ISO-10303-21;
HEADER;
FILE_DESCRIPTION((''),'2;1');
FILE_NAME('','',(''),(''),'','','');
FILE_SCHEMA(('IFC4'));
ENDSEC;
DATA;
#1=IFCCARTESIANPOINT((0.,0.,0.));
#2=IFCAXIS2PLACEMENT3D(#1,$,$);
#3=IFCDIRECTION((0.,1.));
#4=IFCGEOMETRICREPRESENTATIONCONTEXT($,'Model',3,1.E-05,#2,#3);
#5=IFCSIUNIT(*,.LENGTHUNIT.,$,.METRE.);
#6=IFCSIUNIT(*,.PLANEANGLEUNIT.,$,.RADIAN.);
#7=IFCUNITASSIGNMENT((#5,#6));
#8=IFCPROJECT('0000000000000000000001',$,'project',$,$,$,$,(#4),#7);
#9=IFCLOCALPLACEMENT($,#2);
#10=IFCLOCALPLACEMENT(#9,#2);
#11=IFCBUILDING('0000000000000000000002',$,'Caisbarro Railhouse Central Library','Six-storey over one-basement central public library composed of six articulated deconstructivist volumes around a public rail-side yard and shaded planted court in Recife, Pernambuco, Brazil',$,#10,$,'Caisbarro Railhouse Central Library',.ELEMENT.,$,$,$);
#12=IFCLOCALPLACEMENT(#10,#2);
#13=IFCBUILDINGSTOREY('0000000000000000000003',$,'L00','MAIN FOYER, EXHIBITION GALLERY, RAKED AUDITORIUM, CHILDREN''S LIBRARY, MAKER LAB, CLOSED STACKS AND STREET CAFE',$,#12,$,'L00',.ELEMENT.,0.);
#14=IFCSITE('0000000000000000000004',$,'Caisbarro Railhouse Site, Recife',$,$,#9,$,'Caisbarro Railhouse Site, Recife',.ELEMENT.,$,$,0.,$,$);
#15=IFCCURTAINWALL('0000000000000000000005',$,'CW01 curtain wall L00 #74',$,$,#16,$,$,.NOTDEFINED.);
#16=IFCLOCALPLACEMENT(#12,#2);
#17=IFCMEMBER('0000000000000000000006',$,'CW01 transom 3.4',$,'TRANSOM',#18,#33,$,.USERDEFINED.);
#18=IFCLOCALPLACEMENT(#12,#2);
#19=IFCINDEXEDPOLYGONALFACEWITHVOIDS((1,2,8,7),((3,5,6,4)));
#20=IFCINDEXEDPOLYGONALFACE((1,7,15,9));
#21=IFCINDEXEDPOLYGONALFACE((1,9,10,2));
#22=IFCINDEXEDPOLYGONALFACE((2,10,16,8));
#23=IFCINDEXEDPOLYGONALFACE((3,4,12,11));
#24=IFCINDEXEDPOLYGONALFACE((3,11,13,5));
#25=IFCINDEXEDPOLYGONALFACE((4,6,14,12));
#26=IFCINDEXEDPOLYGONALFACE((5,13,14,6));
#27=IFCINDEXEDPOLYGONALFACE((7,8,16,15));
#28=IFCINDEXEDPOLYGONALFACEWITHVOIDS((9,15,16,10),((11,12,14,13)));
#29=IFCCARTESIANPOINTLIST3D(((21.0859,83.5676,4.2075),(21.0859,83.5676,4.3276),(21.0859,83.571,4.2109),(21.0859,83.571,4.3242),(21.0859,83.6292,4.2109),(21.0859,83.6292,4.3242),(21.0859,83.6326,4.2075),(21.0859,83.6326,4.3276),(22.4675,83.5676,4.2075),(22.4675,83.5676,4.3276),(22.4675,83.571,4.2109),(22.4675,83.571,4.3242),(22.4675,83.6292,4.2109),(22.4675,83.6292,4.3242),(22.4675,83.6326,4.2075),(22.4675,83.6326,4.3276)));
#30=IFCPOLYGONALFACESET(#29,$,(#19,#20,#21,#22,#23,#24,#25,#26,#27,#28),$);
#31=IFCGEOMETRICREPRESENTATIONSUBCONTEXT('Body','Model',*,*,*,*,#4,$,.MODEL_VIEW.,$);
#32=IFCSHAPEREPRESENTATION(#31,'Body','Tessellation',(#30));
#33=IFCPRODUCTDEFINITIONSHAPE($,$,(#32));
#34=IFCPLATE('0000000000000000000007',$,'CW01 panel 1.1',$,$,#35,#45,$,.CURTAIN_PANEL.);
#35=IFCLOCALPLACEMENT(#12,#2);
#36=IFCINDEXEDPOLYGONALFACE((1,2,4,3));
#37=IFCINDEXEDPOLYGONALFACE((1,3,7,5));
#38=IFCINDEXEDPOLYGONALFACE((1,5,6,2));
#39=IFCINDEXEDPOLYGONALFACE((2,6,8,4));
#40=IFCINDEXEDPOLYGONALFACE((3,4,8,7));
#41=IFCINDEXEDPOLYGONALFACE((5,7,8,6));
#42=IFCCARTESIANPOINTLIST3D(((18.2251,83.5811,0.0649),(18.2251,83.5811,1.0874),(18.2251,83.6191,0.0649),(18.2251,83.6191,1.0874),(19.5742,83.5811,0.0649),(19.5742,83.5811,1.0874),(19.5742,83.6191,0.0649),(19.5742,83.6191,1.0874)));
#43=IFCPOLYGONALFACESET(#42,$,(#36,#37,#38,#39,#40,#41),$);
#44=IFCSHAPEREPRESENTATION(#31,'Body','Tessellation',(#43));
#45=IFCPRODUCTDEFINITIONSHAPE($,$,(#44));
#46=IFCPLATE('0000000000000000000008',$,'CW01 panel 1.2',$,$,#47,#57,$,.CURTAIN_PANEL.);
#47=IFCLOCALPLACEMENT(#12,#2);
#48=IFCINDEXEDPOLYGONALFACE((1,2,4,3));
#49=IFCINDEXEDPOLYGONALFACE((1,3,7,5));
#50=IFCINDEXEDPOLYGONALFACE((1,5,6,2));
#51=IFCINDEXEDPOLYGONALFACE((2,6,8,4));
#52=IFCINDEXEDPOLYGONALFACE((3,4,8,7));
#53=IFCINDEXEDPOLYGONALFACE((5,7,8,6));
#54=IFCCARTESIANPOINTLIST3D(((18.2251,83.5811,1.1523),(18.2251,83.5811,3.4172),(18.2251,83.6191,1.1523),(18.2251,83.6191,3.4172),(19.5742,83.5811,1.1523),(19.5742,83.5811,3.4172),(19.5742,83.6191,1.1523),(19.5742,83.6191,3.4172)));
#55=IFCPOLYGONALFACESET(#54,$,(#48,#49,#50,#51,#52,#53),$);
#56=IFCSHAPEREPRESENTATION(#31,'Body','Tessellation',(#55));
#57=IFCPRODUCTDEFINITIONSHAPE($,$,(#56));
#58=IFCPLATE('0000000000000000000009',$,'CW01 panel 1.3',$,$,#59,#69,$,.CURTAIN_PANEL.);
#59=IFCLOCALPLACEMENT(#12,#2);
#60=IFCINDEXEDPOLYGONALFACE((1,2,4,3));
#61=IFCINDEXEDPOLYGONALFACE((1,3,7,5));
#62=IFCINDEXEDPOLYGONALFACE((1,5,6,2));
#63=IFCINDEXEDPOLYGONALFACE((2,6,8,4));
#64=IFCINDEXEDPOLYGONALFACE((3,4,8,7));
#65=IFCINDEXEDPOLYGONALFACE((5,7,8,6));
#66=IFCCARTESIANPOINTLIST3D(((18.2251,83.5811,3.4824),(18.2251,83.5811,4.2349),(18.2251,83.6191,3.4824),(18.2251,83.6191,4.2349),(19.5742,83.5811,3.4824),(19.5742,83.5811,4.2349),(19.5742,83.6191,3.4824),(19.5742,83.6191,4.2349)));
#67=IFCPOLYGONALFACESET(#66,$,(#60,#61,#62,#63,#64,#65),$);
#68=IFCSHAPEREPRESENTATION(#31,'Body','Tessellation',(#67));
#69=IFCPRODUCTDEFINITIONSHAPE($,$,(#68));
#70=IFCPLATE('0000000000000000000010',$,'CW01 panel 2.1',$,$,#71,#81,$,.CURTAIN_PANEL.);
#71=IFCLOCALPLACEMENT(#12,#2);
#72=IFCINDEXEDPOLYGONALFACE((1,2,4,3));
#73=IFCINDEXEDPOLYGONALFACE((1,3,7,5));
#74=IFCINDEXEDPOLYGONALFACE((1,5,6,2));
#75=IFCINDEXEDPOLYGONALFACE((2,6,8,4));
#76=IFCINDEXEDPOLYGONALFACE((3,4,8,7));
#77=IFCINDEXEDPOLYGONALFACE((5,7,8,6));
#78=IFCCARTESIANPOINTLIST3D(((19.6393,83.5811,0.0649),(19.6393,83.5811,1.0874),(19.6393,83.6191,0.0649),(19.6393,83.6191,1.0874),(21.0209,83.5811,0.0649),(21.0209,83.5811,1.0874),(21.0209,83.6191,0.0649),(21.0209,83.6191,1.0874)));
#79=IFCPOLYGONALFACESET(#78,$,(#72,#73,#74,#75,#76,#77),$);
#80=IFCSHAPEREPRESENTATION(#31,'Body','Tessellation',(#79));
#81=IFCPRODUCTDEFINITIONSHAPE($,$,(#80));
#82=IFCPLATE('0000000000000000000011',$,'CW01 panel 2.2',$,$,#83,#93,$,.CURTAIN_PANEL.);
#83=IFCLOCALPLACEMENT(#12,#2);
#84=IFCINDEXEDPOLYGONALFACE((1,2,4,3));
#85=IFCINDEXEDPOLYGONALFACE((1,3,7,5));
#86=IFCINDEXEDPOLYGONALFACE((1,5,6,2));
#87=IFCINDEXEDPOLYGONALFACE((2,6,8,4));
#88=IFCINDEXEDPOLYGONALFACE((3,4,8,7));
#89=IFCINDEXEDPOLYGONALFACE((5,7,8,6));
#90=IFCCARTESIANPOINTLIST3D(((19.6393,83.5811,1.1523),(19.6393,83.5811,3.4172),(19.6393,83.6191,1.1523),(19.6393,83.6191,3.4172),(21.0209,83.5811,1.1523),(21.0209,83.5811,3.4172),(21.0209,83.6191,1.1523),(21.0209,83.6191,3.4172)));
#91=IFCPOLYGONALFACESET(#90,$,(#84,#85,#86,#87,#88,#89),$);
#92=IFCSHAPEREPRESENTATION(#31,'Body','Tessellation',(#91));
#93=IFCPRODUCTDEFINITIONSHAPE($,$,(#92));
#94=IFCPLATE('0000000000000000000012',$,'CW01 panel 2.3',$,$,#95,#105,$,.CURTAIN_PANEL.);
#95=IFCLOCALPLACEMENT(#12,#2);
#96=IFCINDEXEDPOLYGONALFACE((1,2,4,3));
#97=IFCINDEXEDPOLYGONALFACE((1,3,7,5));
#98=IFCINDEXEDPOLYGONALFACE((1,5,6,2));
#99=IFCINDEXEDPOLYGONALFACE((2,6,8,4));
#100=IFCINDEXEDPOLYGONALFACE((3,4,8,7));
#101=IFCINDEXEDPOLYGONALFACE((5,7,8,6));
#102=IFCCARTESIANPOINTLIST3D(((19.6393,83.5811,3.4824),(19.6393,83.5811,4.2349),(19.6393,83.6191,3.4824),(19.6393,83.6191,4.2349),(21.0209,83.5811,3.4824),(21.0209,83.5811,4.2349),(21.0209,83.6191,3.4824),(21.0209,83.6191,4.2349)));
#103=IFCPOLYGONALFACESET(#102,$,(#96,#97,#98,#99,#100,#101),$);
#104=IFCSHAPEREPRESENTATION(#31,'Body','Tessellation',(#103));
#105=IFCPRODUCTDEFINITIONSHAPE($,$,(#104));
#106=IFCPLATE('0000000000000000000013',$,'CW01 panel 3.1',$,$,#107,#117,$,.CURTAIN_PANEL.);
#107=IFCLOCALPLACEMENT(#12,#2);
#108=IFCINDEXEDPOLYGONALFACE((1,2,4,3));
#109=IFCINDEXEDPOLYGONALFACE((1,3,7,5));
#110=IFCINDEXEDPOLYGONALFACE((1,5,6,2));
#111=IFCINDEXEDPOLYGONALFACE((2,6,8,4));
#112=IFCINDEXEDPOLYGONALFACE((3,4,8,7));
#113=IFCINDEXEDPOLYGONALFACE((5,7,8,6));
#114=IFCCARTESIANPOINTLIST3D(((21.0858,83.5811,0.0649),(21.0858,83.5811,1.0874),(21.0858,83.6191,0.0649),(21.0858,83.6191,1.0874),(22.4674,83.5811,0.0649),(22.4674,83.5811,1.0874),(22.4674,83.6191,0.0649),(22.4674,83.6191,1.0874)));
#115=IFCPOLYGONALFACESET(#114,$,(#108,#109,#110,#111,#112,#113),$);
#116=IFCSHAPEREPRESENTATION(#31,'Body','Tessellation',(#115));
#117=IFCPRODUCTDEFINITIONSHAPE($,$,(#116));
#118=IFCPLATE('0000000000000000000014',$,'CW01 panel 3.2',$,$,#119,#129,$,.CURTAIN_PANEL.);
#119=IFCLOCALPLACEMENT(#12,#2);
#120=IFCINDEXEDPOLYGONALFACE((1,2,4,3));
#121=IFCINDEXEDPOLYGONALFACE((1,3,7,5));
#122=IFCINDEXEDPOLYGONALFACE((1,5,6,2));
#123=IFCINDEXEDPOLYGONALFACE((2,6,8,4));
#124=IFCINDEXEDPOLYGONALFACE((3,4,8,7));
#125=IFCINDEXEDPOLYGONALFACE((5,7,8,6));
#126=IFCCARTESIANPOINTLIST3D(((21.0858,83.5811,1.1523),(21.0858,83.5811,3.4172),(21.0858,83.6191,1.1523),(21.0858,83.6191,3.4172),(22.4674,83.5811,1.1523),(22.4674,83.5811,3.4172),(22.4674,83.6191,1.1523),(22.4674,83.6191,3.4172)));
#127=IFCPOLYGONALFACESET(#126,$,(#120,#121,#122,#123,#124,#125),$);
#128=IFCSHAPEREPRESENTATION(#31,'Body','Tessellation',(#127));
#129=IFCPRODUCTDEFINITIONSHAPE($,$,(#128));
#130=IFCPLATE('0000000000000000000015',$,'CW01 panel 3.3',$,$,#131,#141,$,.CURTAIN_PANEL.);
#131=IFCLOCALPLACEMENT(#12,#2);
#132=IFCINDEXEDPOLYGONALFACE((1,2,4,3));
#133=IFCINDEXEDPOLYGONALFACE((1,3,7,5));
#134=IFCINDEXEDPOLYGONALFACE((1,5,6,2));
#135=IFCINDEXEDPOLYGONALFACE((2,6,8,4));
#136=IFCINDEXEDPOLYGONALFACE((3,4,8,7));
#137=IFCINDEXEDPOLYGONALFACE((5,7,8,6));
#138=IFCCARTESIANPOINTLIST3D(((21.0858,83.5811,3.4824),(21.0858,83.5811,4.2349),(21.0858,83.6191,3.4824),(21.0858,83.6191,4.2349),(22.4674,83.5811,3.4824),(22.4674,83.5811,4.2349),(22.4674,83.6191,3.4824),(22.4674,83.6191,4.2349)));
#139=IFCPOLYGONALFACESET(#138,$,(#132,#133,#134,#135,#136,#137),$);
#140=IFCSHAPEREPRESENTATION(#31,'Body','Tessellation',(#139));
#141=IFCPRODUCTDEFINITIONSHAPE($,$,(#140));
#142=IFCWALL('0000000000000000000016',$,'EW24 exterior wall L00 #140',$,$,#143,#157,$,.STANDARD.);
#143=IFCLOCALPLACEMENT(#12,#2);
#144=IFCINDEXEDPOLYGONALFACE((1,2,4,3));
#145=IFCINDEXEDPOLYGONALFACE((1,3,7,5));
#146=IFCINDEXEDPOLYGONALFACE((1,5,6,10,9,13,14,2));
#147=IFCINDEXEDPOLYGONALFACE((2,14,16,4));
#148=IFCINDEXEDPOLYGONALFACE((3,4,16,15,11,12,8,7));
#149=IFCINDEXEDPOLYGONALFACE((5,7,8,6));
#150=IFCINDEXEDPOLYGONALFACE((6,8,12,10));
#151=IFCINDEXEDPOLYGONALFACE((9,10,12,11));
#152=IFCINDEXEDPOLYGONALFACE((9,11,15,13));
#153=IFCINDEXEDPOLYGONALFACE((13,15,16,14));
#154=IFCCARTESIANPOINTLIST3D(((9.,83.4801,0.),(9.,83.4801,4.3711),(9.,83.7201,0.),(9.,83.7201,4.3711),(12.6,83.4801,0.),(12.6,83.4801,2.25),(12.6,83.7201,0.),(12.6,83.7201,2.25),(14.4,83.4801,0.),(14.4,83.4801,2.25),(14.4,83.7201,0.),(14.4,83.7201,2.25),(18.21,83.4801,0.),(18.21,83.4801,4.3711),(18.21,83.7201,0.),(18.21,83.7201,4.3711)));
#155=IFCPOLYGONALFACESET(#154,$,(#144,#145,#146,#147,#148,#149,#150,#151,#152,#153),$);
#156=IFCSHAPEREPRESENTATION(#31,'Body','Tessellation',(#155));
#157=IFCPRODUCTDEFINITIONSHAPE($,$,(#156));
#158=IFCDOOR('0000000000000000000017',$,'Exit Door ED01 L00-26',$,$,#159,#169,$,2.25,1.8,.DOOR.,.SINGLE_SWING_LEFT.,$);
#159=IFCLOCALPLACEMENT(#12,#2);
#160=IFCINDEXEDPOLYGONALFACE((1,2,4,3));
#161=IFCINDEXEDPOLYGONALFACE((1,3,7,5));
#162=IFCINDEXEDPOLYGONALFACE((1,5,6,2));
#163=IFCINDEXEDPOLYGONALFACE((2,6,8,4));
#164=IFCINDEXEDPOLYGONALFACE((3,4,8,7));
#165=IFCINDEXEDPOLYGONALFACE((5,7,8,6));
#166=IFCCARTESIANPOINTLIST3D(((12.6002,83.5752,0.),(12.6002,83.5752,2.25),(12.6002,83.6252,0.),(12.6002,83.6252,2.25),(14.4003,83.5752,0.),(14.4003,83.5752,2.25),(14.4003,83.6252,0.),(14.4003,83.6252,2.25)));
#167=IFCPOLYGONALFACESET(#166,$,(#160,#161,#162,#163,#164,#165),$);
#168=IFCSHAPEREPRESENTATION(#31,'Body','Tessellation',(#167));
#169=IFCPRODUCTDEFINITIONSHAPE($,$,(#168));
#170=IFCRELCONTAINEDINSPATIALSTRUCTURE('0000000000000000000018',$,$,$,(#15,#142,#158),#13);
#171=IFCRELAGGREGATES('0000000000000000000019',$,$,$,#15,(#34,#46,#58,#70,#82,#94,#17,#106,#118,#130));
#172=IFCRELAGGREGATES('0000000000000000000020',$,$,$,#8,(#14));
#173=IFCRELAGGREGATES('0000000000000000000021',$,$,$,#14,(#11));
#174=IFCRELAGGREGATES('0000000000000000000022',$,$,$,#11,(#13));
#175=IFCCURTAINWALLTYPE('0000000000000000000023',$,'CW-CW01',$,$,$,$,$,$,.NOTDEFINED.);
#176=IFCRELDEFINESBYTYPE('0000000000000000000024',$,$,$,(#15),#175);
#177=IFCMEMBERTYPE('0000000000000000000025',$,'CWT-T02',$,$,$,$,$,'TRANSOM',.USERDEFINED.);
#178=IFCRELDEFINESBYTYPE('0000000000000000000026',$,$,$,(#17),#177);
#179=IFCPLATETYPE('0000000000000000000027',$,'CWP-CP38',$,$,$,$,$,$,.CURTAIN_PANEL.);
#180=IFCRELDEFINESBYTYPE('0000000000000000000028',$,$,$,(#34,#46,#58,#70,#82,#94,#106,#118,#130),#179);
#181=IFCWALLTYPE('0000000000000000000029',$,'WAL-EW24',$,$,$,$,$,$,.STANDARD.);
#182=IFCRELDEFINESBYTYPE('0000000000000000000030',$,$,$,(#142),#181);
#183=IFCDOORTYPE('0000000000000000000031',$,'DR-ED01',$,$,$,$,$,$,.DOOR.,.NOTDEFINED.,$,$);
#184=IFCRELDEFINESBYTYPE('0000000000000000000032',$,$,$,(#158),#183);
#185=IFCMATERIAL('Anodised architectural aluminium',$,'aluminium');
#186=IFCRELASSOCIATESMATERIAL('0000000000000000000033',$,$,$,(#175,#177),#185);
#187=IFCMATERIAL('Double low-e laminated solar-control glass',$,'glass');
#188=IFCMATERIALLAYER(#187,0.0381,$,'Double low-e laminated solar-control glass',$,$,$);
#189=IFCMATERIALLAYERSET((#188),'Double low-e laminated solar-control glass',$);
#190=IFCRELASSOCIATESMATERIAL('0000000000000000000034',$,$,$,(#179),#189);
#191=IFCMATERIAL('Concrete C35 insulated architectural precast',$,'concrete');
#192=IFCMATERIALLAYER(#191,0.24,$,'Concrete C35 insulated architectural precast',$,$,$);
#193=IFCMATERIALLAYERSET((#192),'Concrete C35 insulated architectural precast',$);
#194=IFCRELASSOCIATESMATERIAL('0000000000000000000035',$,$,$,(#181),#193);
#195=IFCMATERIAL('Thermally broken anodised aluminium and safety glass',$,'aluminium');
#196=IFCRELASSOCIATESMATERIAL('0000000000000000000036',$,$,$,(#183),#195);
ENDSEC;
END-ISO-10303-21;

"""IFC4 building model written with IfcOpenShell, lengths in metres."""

from ifc_helpers import new_model, si_unit, direction, frame, frame_2d, origin, origin_2d, place, context, subcontext, project, spatial, rectangle, hollow_rectangle, extrude, material, layer, layer_set, material_profile, profile_set, type_object, element, fill, aggregate, save


model = new_model("IFC4")

# Units and contexts
model_context = context("Model", 3, precision=1e-05, world=origin(), true_north=direction((0.0, 1.0)))
body_context = subcontext(model_context, "Body", "Model", "MODEL_VIEW")
ifc_project = project(units=[si_unit("LENGTHUNIT", "METRE"), si_unit("PLANEANGLEUNIT", "RADIAN")], contexts=[model_context])

# Site, building, storey
site_placement = place(None, origin())
site = spatial("IfcSite", under=ifc_project, at=site_placement, Name="Caisbarro Railhouse Site, Recife", LongName="Caisbarro Railhouse Site, Recife", CompositionType="ELEMENT", RefElevation=0.0)
building_placement = place(site_placement, origin())
building = spatial("IfcBuilding", under=site, at=building_placement, Name="Caisbarro Railhouse Central Library", Description="Six-storey over one-basement central public library composed of six articulated deconstructivist volumes around a public rail-side yard and shaded planted court in Recife, Pernambuco, Brazil", LongName="Caisbarro Railhouse Central Library", CompositionType="ELEMENT")
storey_placement = place(building_placement, origin())
storey = spatial("IfcBuildingStorey", under=building, at=storey_placement, Name="L00", Description="MAIN FOYER, EXHIBITION GALLERY, RAKED AUDITORIUM, CHILDREN'S LIBRARY, MAKER LAB, CLOSED STACKS AND STREET CAFE", LongName="L00", CompositionType="ELEMENT", Elevation=0.0)

# Curtain wall, member, plates
ifc_material_1 = material(Name="Anodised architectural aluminium", Category="aluminium")
curtain_wall_type = type_object("IfcCurtainWallType", Name="CW-CW01", PredefinedType="NOTDEFINED", material=ifc_material_1)
curtain_wall_placement = place(storey_placement, origin())
curtain_wall = element("IfcCurtainWall", 1, at=curtain_wall_placement, inside=storey, type_object=curtain_wall_type, Name="CW01 curtain wall L00 #74", PredefinedType="NOTDEFINED")
ifc_material_profile_1 = material_profile(ifc_material_1, hollow_rectangle(XDim=0.0649, YDim=0.1201, WallThickness=0.0034, at=origin_2d()), Name="ALU-TRN-65X120")
ifc_profile_set_1 = profile_set([ifc_material_profile_1], Name="Anodised architectural aluminium")
member_type_1 = type_object("IfcMemberType", Name="CWT-T02", ElementType="TRANSOM", PredefinedType="USERDEFINED", material=ifc_profile_set_1)
member_1_placement = place(storey_placement, frame((21.0859, 83.6001, 4.2676), z_axis=(1.0, 0.0, 0.0), x_axis=(0.0, 1.0, 0.0)))
member_1 = element("IfcMember", 2, at=member_1_placement, type_object=member_type_1, Name="CW01 transom 3.4", ObjectType="TRANSOM", PredefinedType="USERDEFINED", context=body_context, shape_type="SweptSolid", body=[
    extrude(hollow_rectangle(XDim=0.0649, YDim=0.1201, WallThickness=0.0034, at=origin_2d()), origin(), (0.0, 0.0, 1.0), 1.3816),
])
ifc_material_2 = material(Name="Double low-e laminated solar-control glass", Category="glass")
ifc_layer_1 = layer(ifc_material_2, 0.0381, Name="Double low-e laminated solar-control glass")
ifc_layer_set_1 = layer_set([ifc_layer_1], Name="Double low-e laminated solar-control glass")
plate_type = type_object("IfcPlateType", Name="CWP-CP38", PredefinedType="CURTAIN_PANEL", material=ifc_layer_set_1)
plate_1_placement = place(storey_placement, frame((18.8997, 83.6001, 0.0649), z_axis=(0.0, 0.0, 1.0), x_axis=(1.0, 0.0, 0.0)))
plate_1 = element("IfcPlate", 3, at=plate_1_placement, type_object=plate_type, Name="CW01 panel 1.1", PredefinedType="CURTAIN_PANEL", context=body_context, shape_type="SweptSolid", body=[
    extrude(rectangle(XDim=1.3491, YDim=0.0381, at=origin_2d()), origin(), (0.0, 0.0, 1.0), 1.0225),
])
plate_2_placement = place(storey_placement, frame((18.8997, 83.6001, 1.1523), z_axis=(0.0, 0.0, 1.0), x_axis=(1.0, 0.0, 0.0)))
plate_2 = element("IfcPlate", 4, at=plate_2_placement, type_object=plate_type, Name="CW01 panel 1.2", PredefinedType="CURTAIN_PANEL", context=body_context, shape_type="SweptSolid", body=[
    extrude(rectangle(XDim=1.3491, YDim=0.0381, at=origin_2d()), origin(), (0.0, 0.0, 1.0), 2.2649),
])
plate_3_placement = place(storey_placement, frame((18.8997, 83.6001, 3.4824), z_axis=(0.0, 0.0, 1.0), x_axis=(1.0, 0.0, 0.0)))
plate_3 = element("IfcPlate", 5, at=plate_3_placement, type_object=plate_type, Name="CW01 panel 1.3", PredefinedType="CURTAIN_PANEL", context=body_context, shape_type="SweptSolid", body=[
    extrude(rectangle(XDim=1.3491, YDim=0.0381, at=origin_2d()), origin(), (0.0, 0.0, 1.0), 0.7524),
])
plate_4_placement = place(storey_placement, frame((20.3301, 83.6001, 0.0649), z_axis=(0.0, 0.0, 1.0), x_axis=(1.0, 0.0, 0.0)))
plate_4 = element("IfcPlate", 6, at=plate_4_placement, type_object=plate_type, Name="CW01 panel 2.1", PredefinedType="CURTAIN_PANEL", context=body_context, shape_type="SweptSolid", body=[
    extrude(rectangle(XDim=1.3816, YDim=0.0381, at=origin_2d()), origin(), (0.0, 0.0, 1.0), 1.0225),
])
plate_5_placement = place(storey_placement, frame((20.3301, 83.6001, 1.1523), z_axis=(0.0, 0.0, 1.0), x_axis=(1.0, 0.0, 0.0)))
plate_5 = element("IfcPlate", 7, at=plate_5_placement, type_object=plate_type, Name="CW01 panel 2.2", PredefinedType="CURTAIN_PANEL", context=body_context, shape_type="SweptSolid", body=[
    extrude(rectangle(XDim=1.3816, YDim=0.0381, at=origin_2d()), origin(), (0.0, 0.0, 1.0), 2.2649),
])
plate_6_placement = place(storey_placement, frame((20.3301, 83.6001, 3.4824), z_axis=(0.0, 0.0, 1.0), x_axis=(1.0, 0.0, 0.0)))
plate_6 = element("IfcPlate", 8, at=plate_6_placement, type_object=plate_type, Name="CW01 panel 2.3", PredefinedType="CURTAIN_PANEL", context=body_context, shape_type="SweptSolid", body=[
    extrude(rectangle(XDim=1.3816, YDim=0.0381, at=origin_2d()), origin(), (0.0, 0.0, 1.0), 0.7524),
])
plate_7_placement = place(storey_placement, frame((21.7766, 83.6001, 0.0649), z_axis=(0.0, 0.0, 1.0), x_axis=(1.0, 0.0, 0.0)))
plate_7 = element("IfcPlate", 9, at=plate_7_placement, type_object=plate_type, Name="CW01 panel 3.1", PredefinedType="CURTAIN_PANEL", context=body_context, shape_type="SweptSolid", body=[
    extrude(rectangle(XDim=1.3816, YDim=0.0381, at=origin_2d()), origin(), (0.0, 0.0, 1.0), 1.0225),
])
plate_8_placement = place(storey_placement, frame((21.7766, 83.6001, 1.1523), z_axis=(0.0, 0.0, 1.0), x_axis=(1.0, 0.0, 0.0)))
plate_8 = element("IfcPlate", 10, at=plate_8_placement, type_object=plate_type, Name="CW01 panel 3.2", PredefinedType="CURTAIN_PANEL", context=body_context, shape_type="SweptSolid", body=[
    extrude(rectangle(XDim=1.3816, YDim=0.0381, at=origin_2d()), origin(), (0.0, 0.0, 1.0), 2.2649),
])
plate_9_placement = place(storey_placement, frame((21.7766, 83.6001, 3.4824), z_axis=(0.0, 0.0, 1.0), x_axis=(1.0, 0.0, 0.0)))
plate_9 = element("IfcPlate", 11, at=plate_9_placement, type_object=plate_type, Name="CW01 panel 3.3", PredefinedType="CURTAIN_PANEL", context=body_context, shape_type="SweptSolid", body=[
    extrude(rectangle(XDim=1.3816, YDim=0.0381, at=origin_2d()), origin(), (0.0, 0.0, 1.0), 0.7524),
])
aggregate(curtain_wall, [plate_1, plate_2, plate_3, plate_4, plate_5, plate_6, member_1, plate_7, plate_8, plate_9])

# Wall, opening, door
ifc_material_3 = material(Name="Concrete C35 insulated architectural precast", Category="concrete")
ifc_layer_2 = layer(ifc_material_3, 0.24, Name="Concrete C35 insulated architectural precast")
ifc_layer_set_2 = layer_set([ifc_layer_2], Name="Concrete C35 insulated architectural precast")
wall_type = type_object("IfcWallType", Name="WAL-EW24", PredefinedType="STANDARD", material=ifc_layer_set_2)
wall_placement = place(storey_placement, frame((9.0, 83.6001, 0.0), z_axis=(0.0, 0.0, 1.0), x_axis=(1.0, 0.0, 0.0)))
wall = element("IfcWall", 12, at=wall_placement, inside=storey, type_object=wall_type, Name="EW24 exterior wall L00 #140", PredefinedType="STANDARD", context=body_context, shape_type="SweptSolid", body=[
    extrude(rectangle(XDim=9.21, YDim=0.24, at=frame_2d((4.605, 0.0))), origin(), (0.0, 0.0, 1.0), 4.3711),
])
opening_placement = place(wall_placement, frame((3.6001, 0.0, 0.0)))
opening = element("IfcOpeningElement", 13, at=opening_placement, cuts=wall, PredefinedType="OPENING", context=body_context, shape_type="SweptSolid", body=[
    extrude(rectangle(XDim=1.8, YDim=2.25, at=frame_2d((0.8999, 1.125))), frame((0.0, 0.1299, 0.0), z_axis=(0.0, -1.0, 0.0), x_axis=(1.0, 0.0, 0.0)), (0.0, 0.0, 1.0), 0.26),
])
ifc_material_4 = material(Name="Thermally broken anodised aluminium and safety glass", Category="aluminium")
door_type = type_object("IfcDoorType", Name="DR-ED01", OperationType="NOTDEFINED", PredefinedType="DOOR", material=ifc_material_4)
door_placement = place(opening_placement, frame((1.8, 0.0, 0.0), z_axis=(0.0, 0.0, 1.0), x_axis=(-1.0, 0.0, 0.0)))
door = element("IfcDoor", 14, at=door_placement, inside=storey, type_object=door_type, Name="Exit Door ED01 L00-26", OperationType="SINGLE_SWING_LEFT", OverallHeight=2.25, OverallWidth=1.8, PredefinedType="DOOR", context=body_context, shape_type="SweptSolid", body=[
    extrude(rectangle(XDim=1.8, YDim=2.25, at=frame_2d((0.8999, 1.125))), frame((0.0, 0.0249, 0.0), z_axis=(0.0, -1.0, 0.0), x_axis=(1.0, 0.0, 0.0)), (0.0, 0.0, 1.0), 0.05),
])
fill(opening, door)

save(model, "model.ifc")
